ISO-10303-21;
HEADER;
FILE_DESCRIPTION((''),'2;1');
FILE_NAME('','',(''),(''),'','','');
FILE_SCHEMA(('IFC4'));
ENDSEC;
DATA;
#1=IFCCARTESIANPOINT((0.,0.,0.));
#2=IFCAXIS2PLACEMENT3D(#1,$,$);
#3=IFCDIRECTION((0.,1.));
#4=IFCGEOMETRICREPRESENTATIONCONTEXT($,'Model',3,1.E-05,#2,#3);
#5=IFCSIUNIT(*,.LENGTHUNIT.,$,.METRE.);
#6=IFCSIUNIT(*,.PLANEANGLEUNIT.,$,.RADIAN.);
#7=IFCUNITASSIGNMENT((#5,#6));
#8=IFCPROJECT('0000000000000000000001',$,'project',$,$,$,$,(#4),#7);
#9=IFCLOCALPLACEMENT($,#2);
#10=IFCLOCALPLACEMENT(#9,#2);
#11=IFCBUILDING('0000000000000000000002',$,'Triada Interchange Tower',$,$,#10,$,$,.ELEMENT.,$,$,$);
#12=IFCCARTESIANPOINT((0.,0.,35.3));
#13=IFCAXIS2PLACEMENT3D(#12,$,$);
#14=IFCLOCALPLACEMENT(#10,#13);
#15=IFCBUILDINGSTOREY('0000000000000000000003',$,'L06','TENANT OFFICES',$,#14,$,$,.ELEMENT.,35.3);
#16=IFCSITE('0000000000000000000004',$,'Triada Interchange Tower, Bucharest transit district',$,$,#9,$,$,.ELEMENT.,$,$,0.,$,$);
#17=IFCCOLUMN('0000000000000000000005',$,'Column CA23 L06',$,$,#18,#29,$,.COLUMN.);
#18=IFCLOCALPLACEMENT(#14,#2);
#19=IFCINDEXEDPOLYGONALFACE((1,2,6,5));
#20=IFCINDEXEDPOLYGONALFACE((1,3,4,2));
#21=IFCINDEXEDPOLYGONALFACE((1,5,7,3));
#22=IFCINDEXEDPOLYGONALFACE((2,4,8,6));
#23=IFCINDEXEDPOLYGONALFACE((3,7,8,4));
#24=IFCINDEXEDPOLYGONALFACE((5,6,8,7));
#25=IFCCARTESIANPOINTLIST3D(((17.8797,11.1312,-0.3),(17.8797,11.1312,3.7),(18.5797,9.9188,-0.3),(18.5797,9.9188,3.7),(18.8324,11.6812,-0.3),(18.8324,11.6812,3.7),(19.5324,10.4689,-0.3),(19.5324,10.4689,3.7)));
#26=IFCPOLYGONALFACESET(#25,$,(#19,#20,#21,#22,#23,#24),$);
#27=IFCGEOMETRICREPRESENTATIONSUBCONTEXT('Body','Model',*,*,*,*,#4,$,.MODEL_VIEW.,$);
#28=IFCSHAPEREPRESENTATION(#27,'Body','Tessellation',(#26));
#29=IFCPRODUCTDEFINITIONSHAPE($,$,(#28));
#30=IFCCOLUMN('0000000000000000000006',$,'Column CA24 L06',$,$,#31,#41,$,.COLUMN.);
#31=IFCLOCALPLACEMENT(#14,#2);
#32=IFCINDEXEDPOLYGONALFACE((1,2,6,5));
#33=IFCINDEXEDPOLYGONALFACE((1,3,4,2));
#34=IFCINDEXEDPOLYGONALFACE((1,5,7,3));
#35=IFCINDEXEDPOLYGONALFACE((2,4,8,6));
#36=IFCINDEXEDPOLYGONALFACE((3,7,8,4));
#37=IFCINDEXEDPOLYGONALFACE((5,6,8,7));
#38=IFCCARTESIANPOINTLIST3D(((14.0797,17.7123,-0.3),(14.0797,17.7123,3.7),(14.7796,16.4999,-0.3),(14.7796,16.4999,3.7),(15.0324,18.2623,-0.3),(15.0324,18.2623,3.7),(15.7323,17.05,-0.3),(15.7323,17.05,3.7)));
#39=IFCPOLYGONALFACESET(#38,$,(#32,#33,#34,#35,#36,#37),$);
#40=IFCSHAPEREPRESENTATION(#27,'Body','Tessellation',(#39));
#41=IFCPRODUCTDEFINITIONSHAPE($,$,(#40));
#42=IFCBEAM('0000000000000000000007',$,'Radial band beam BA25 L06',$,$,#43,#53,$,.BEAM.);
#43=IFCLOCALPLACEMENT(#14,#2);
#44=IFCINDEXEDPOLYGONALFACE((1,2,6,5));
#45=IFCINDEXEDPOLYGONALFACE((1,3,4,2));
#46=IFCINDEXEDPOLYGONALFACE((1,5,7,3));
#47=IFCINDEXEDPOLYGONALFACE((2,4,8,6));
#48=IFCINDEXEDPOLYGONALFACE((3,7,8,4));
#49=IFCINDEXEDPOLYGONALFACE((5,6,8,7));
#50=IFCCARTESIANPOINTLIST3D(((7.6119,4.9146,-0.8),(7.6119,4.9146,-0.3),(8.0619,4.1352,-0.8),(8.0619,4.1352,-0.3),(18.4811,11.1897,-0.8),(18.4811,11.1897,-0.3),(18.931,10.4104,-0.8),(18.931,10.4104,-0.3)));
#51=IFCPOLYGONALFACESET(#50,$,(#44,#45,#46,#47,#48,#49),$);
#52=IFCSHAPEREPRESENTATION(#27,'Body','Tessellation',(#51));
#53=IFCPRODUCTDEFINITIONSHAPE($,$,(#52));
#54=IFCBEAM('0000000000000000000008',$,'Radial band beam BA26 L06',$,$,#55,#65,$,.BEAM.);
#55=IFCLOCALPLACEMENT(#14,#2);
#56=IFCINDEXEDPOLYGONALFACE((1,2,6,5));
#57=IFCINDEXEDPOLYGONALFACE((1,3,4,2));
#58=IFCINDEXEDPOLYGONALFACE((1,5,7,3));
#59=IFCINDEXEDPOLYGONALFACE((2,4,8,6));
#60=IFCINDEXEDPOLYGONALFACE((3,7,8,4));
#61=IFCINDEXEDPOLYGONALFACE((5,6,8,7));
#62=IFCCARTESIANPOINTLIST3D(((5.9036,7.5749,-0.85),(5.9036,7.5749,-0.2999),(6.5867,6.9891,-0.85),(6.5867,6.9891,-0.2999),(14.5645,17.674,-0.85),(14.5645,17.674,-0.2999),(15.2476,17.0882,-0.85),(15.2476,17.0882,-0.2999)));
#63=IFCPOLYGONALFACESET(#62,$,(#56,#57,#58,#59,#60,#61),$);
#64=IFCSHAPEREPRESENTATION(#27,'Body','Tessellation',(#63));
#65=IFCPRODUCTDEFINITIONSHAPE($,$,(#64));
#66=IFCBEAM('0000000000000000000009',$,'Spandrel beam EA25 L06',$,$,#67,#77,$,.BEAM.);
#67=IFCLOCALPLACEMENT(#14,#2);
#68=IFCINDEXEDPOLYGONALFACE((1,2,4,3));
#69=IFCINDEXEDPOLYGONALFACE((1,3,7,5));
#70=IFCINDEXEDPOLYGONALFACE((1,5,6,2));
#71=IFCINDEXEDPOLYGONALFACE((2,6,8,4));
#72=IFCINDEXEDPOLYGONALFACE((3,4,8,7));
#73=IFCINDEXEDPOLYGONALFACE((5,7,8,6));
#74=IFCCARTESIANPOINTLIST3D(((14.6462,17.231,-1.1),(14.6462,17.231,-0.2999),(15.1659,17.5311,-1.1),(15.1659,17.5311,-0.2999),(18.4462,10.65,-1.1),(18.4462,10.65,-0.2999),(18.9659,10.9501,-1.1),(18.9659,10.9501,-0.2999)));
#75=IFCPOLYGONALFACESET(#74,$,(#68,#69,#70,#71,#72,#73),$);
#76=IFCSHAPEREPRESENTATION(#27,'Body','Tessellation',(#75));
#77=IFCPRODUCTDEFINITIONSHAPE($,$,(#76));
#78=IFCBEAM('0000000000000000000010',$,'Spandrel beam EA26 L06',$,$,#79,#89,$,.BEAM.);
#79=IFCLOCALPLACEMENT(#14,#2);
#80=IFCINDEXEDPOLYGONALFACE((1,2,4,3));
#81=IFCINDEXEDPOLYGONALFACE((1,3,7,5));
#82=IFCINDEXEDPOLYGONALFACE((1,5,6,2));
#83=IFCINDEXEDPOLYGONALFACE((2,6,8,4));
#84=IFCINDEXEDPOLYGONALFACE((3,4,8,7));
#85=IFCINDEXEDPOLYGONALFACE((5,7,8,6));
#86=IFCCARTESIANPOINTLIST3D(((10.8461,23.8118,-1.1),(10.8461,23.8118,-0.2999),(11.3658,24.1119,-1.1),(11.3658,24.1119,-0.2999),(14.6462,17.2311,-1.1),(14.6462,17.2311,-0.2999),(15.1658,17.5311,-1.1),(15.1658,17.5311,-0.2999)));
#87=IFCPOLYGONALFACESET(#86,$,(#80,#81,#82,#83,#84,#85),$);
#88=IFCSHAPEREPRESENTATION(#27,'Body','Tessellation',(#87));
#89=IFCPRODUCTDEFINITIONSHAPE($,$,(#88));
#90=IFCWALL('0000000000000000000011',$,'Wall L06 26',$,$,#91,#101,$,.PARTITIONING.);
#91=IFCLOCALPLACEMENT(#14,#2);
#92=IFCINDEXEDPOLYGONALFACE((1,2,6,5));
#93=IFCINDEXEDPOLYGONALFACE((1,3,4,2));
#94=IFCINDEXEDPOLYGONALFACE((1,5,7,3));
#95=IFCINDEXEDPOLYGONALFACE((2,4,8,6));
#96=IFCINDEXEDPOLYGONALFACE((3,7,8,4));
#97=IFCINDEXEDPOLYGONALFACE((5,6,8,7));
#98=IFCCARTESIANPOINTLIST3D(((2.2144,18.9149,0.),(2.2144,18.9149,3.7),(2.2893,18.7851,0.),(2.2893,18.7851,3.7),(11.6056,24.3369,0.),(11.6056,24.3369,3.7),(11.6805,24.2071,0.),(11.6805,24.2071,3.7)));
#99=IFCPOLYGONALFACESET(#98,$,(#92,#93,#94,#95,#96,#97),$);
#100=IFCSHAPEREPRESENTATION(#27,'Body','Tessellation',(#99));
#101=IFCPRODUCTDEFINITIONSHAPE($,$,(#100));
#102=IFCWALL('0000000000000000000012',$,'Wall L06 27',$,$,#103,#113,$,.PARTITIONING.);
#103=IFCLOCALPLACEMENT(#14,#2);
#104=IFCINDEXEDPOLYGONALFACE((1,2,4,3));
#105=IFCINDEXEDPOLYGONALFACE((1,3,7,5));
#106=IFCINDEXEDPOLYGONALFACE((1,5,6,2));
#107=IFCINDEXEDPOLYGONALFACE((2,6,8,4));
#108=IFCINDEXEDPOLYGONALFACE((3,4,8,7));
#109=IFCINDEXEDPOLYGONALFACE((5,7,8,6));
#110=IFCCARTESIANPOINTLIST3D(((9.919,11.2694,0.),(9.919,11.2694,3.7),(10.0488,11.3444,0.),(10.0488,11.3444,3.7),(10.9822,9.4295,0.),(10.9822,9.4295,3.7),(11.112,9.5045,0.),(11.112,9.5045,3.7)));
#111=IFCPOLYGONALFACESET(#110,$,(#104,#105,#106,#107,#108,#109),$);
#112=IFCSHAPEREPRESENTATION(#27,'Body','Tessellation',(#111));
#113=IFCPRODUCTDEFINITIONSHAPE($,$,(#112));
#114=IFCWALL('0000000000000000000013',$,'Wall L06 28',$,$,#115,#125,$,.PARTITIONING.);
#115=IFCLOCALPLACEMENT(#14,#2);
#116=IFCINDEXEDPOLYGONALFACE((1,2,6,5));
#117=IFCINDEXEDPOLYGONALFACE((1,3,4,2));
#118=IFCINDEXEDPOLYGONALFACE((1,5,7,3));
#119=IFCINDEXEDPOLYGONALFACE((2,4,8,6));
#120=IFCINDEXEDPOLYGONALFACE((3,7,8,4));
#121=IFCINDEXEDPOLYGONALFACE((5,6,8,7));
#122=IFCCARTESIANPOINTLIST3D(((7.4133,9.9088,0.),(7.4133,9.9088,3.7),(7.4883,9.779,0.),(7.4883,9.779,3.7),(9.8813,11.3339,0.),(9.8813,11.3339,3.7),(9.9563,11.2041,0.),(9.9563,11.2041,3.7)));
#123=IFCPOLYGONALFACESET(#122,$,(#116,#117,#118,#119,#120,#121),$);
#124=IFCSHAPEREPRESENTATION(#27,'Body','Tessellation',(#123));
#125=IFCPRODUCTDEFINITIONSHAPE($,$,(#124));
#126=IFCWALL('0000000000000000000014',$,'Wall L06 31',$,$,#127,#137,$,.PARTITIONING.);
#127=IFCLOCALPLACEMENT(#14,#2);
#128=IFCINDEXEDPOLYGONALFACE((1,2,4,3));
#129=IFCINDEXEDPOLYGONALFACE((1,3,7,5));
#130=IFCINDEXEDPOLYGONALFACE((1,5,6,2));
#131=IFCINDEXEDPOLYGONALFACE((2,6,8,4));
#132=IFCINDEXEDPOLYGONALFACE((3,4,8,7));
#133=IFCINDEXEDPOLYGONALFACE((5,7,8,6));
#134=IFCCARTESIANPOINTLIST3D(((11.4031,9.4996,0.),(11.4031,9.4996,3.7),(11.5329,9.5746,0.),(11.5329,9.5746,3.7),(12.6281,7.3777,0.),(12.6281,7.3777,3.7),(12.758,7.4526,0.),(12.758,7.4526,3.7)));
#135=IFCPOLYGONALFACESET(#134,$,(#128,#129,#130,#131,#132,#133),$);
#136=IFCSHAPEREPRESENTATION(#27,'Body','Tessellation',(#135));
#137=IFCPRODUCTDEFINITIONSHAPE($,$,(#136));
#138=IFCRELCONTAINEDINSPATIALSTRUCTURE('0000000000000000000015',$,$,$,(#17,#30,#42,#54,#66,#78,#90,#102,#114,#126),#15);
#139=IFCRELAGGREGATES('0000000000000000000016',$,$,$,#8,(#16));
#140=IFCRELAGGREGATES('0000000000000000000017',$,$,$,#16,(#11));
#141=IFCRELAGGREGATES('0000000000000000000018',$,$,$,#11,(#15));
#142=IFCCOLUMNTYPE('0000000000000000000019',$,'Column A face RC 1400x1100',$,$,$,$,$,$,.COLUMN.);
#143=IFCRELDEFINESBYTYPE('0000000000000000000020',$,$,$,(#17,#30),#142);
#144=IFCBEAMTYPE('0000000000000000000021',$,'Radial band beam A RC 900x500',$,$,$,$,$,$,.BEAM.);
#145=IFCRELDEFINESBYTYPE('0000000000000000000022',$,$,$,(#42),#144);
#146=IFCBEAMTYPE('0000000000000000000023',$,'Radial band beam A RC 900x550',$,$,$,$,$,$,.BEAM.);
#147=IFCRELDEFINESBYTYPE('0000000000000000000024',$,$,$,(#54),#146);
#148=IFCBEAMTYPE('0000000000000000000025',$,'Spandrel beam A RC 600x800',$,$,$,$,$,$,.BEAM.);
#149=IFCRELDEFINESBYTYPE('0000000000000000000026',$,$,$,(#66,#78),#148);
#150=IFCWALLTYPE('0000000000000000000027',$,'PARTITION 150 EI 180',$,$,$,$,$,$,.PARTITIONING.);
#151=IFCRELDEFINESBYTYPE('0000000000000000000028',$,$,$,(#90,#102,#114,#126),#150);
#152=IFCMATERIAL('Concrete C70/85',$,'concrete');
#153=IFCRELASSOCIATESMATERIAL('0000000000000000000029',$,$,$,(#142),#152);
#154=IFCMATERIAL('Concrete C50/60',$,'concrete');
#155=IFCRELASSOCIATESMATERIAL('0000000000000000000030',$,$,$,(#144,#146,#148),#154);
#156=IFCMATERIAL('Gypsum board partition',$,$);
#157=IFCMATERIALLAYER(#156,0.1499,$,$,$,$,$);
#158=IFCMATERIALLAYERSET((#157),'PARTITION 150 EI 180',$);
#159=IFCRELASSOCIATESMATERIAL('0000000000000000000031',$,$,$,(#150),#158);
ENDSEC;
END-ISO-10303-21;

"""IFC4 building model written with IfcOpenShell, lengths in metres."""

from ifc_helpers import new_model, si_unit, direction, frame, frame_2d, origin, origin_2d, place, context, subcontext, project, spatial, rectangle, extrude, material, layer, layer_set, material_profile, profile_set, type_object, element, save


model = new_model("IFC4")

# Units and contexts
model_context = context("Model", 3, precision=1e-05, world=origin(), true_north=direction((0.0, 1.0)))
body_context = subcontext(model_context, "Body", "Model", "MODEL_VIEW")
ifc_project = project(units=[si_unit("LENGTHUNIT", "METRE"), si_unit("PLANEANGLEUNIT", "RADIAN")], contexts=[model_context])

# Site, building, storey
site_placement = place(None, origin())
site = spatial("IfcSite", under=ifc_project, at=site_placement, Name="Triada Interchange Tower, Bucharest transit district", CompositionType="ELEMENT", RefElevation=0.0)
building_placement = place(site_placement, origin())
building = spatial("IfcBuilding", under=site, at=building_placement, Name="Triada Interchange Tower", CompositionType="ELEMENT")
storey_placement = place(building_placement, frame((0.0, 0.0, 35.3)))
storey = spatial("IfcBuildingStorey", under=building, at=storey_placement, Name="L06", Description="TENANT OFFICES", CompositionType="ELEMENT", Elevation=35.3)

# Columns
ifc_material_1 = material(Name="Concrete C70/85", Category="concrete")
ifc_material_profile_1 = material_profile(ifc_material_1, rectangle(XDim=1.3999, YDim=1.1001, at=origin_2d()), Name="RC 1400x1100")
ifc_profile_set_1 = profile_set([ifc_material_profile_1], Name="Concrete C70/85")
column_type = type_object("IfcColumnType", Name="Column A face RC 1400x1100", PredefinedType="COLUMN", material=ifc_profile_set_1)
for number, where, z_axis, x_axis, name in (
    (1, (18.7061, 10.8, -0.3), (0.0, 0.0, 1.0), (-0.5, 0.866025, 0.0), "Column CA23 L06"),
    (2, (14.906, 17.3811, -0.3), (0.0, 0.0, 1.0), (-0.5, 0.866025, 0.0), "Column CA24 L06"),
):
    element("IfcColumn", number, at=place(storey_placement, frame(where, z_axis=z_axis, x_axis=x_axis)), inside=storey, type_object=column_type, Name=name, PredefinedType="COLUMN", context=body_context, shape_type="SweptSolid", body=[
        extrude(rectangle(XDim=1.3999, YDim=1.1001, at=origin_2d()), origin(), (0.0, 0.0, 1.0), 4.0),
    ])

# Beams
ifc_material_2 = material(Name="Concrete C50/60", Category="concrete")
ifc_material_profile_2 = material_profile(ifc_material_2, rectangle(XDim=0.8999, YDim=0.5, at=origin_2d()), Name="RC 900x500")
ifc_profile_set_2 = profile_set([ifc_material_profile_2], Name="Concrete C50/60")
beam_type_1 = type_object("IfcBeamType", Name="Radial band beam A RC 900x500", PredefinedType="BEAM", material=ifc_profile_set_2)
beam_1_placement = place(storey_placement, frame((18.7061, 10.8, -0.55), z_axis=(-0.866031, -0.499991, 0.0), x_axis=(0.499991, -0.866031, 0.0)))
element("IfcBeam", 3, at=beam_1_placement, inside=storey, type_object=beam_type_1, Name="Radial band beam BA25 L06", PredefinedType="BEAM", context=body_context, shape_type="SweptSolid", body=[
    extrude(rectangle(XDim=0.8999, YDim=0.5, at=origin_2d()), origin(), (0.0, 0.0, 1.0), 12.5505),
])
ifc_material_profile_3 = material_profile(ifc_material_2, rectangle(XDim=0.8999, YDim=0.55, at=origin_2d()), Name="RC 900x550")
ifc_profile_set_3 = profile_set([ifc_material_profile_3], Name="Concrete C50/60")
beam_type_2 = type_object("IfcBeamType", Name="Radial band beam A RC 900x550", PredefinedType="BEAM", material=ifc_profile_set_3)
beam_2_placement = place(storey_placement, frame((14.906, 17.3811, -0.575), z_axis=(-0.650986, -0.759089, 0.0), x_axis=(0.759089, -0.650986, 0.0)))
element("IfcBeam", 4, at=beam_2_placement, inside=storey, type_object=beam_type_2, Name="Radial band beam BA26 L06", PredefinedType="BEAM", context=body_context, shape_type="SweptSolid", body=[
    extrude(rectangle(XDim=0.8999, YDim=0.55, at=origin_2d()), origin(), (0.0, 0.0, 1.0), 13.3042),
])
ifc_material_profile_4 = material_profile(ifc_material_2, rectangle(XDim=0.6001, YDim=0.8, at=origin_2d()), Name="RC 600x800")
ifc_profile_set_4 = profile_set([ifc_material_profile_4], Name="Concrete C50/60")
beam_type_3 = type_object("IfcBeamType", Name="Spandrel beam A RC 600x800", PredefinedType="BEAM", material=ifc_profile_set_4)
beam_3_placement = place(storey_placement, frame((18.7061, 10.8, -0.7), z_axis=(-0.500047, 0.865998, 0.0), x_axis=(-0.865998, -0.500047, 0.0)))
element("IfcBeam", 5, at=beam_3_placement, inside=storey, type_object=beam_type_3, Name="Spandrel beam EA25 L06", PredefinedType="BEAM", context=body_context, shape_type="SweptSolid", body=[
    extrude(rectangle(XDim=0.6001, YDim=0.8, at=origin_2d()), origin(), (0.0, 0.0, 1.0), 7.5994),
])
beam_4_placement = place(storey_placement, frame((14.906, 17.3811, -0.7), z_axis=(-0.500061, 0.86599, 0.0), x_axis=(-0.86599, -0.500061, 0.0)))
element("IfcBeam", 6, at=beam_4_placement, inside=storey, type_object=beam_type_3, Name="Spandrel beam EA26 L06", PredefinedType="BEAM", context=body_context, shape_type="SweptSolid", body=[
    extrude(rectangle(XDim=0.6001, YDim=0.8, at=origin_2d()), origin(), (0.0, 0.0, 1.0), 7.5991),
])

# Walls
ifc_material_3 = material(Name="Gypsum board partition")
ifc_layer_1 = layer(ifc_material_3, 0.1499)
ifc_layer_set_1 = layer_set([ifc_layer_1], Name="PARTITION 150 EI 180")
wall_type_1 = type_object("IfcWallType", Name="PARTITION 150 EI 180", PredefinedType="PARTITIONING", material=ifc_layer_set_1)
wall_1_placement = place(storey_placement, frame((2.252, 18.8501, 0.0), z_axis=(0.0, 0.0, 1.0), x_axis=(0.866029, 0.499994, 0.0)))
element("IfcWall", 7, at=wall_1_placement, inside=storey, type_object=wall_type_1, Name="Wall L06 26", PredefinedType="PARTITIONING", context=body_context, shape_type="SweptSolid", body=[
    extrude(rectangle(XDim=10.844, YDim=0.1499, at=frame_2d((5.4219, 0.0))), origin(), (0.0, 0.0, 1.0), 3.7),
])
wall_2_placement = place(storey_placement, frame((9.9839, 11.3069, 0.0), z_axis=(0.0, 0.0, 1.0), x_axis=(0.500352, -0.865822, 0.0)))
element("IfcWall", 8, at=wall_2_placement, inside=storey, type_object=wall_type_1, Name="Wall L06 27", PredefinedType="PARTITIONING", context=body_context, shape_type="SweptSolid", body=[
    extrude(rectangle(XDim=2.125, YDim=0.1499, at=frame_2d((1.0625, 0.0))), origin(), (0.0, 0.0, 1.0), 3.7),
])
wall_3_placement = place(storey_placement, frame((7.4509, 9.844, 0.0), z_axis=(0.0, 0.0, 1.0), x_axis=(0.866004, 0.500036, 0.0)))
element("IfcWall", 9, at=wall_3_placement, inside=storey, type_object=wall_type_1, Name="Wall L06 28", PredefinedType="PARTITIONING", context=body_context, shape_type="SweptSolid", body=[
    extrude(rectangle(XDim=2.8499, YDim=0.1499, at=frame_2d((1.4248, 0.0))), origin(), (0.0, 0.0, 1.0), 3.7),
])
wall_4_placement = place(storey_placement, frame((11.468, 9.5371, 0.0), z_axis=(0.0, 0.0, 1.0), x_axis=(0.499975, -0.86604, 0.0)))
element("IfcWall", 10, at=wall_4_placement, inside=storey, type_object=wall_type_1, Name="Wall L06 31", PredefinedType="PARTITIONING", context=body_context, shape_type="SweptSolid", body=[
    extrude(rectangle(XDim=2.4502, YDim=0.1499, at=frame_2d((1.2251, 0.0))), origin(), (0.0, 0.0, 1.0), 3.7),
])

save(model, "model.ifc")
